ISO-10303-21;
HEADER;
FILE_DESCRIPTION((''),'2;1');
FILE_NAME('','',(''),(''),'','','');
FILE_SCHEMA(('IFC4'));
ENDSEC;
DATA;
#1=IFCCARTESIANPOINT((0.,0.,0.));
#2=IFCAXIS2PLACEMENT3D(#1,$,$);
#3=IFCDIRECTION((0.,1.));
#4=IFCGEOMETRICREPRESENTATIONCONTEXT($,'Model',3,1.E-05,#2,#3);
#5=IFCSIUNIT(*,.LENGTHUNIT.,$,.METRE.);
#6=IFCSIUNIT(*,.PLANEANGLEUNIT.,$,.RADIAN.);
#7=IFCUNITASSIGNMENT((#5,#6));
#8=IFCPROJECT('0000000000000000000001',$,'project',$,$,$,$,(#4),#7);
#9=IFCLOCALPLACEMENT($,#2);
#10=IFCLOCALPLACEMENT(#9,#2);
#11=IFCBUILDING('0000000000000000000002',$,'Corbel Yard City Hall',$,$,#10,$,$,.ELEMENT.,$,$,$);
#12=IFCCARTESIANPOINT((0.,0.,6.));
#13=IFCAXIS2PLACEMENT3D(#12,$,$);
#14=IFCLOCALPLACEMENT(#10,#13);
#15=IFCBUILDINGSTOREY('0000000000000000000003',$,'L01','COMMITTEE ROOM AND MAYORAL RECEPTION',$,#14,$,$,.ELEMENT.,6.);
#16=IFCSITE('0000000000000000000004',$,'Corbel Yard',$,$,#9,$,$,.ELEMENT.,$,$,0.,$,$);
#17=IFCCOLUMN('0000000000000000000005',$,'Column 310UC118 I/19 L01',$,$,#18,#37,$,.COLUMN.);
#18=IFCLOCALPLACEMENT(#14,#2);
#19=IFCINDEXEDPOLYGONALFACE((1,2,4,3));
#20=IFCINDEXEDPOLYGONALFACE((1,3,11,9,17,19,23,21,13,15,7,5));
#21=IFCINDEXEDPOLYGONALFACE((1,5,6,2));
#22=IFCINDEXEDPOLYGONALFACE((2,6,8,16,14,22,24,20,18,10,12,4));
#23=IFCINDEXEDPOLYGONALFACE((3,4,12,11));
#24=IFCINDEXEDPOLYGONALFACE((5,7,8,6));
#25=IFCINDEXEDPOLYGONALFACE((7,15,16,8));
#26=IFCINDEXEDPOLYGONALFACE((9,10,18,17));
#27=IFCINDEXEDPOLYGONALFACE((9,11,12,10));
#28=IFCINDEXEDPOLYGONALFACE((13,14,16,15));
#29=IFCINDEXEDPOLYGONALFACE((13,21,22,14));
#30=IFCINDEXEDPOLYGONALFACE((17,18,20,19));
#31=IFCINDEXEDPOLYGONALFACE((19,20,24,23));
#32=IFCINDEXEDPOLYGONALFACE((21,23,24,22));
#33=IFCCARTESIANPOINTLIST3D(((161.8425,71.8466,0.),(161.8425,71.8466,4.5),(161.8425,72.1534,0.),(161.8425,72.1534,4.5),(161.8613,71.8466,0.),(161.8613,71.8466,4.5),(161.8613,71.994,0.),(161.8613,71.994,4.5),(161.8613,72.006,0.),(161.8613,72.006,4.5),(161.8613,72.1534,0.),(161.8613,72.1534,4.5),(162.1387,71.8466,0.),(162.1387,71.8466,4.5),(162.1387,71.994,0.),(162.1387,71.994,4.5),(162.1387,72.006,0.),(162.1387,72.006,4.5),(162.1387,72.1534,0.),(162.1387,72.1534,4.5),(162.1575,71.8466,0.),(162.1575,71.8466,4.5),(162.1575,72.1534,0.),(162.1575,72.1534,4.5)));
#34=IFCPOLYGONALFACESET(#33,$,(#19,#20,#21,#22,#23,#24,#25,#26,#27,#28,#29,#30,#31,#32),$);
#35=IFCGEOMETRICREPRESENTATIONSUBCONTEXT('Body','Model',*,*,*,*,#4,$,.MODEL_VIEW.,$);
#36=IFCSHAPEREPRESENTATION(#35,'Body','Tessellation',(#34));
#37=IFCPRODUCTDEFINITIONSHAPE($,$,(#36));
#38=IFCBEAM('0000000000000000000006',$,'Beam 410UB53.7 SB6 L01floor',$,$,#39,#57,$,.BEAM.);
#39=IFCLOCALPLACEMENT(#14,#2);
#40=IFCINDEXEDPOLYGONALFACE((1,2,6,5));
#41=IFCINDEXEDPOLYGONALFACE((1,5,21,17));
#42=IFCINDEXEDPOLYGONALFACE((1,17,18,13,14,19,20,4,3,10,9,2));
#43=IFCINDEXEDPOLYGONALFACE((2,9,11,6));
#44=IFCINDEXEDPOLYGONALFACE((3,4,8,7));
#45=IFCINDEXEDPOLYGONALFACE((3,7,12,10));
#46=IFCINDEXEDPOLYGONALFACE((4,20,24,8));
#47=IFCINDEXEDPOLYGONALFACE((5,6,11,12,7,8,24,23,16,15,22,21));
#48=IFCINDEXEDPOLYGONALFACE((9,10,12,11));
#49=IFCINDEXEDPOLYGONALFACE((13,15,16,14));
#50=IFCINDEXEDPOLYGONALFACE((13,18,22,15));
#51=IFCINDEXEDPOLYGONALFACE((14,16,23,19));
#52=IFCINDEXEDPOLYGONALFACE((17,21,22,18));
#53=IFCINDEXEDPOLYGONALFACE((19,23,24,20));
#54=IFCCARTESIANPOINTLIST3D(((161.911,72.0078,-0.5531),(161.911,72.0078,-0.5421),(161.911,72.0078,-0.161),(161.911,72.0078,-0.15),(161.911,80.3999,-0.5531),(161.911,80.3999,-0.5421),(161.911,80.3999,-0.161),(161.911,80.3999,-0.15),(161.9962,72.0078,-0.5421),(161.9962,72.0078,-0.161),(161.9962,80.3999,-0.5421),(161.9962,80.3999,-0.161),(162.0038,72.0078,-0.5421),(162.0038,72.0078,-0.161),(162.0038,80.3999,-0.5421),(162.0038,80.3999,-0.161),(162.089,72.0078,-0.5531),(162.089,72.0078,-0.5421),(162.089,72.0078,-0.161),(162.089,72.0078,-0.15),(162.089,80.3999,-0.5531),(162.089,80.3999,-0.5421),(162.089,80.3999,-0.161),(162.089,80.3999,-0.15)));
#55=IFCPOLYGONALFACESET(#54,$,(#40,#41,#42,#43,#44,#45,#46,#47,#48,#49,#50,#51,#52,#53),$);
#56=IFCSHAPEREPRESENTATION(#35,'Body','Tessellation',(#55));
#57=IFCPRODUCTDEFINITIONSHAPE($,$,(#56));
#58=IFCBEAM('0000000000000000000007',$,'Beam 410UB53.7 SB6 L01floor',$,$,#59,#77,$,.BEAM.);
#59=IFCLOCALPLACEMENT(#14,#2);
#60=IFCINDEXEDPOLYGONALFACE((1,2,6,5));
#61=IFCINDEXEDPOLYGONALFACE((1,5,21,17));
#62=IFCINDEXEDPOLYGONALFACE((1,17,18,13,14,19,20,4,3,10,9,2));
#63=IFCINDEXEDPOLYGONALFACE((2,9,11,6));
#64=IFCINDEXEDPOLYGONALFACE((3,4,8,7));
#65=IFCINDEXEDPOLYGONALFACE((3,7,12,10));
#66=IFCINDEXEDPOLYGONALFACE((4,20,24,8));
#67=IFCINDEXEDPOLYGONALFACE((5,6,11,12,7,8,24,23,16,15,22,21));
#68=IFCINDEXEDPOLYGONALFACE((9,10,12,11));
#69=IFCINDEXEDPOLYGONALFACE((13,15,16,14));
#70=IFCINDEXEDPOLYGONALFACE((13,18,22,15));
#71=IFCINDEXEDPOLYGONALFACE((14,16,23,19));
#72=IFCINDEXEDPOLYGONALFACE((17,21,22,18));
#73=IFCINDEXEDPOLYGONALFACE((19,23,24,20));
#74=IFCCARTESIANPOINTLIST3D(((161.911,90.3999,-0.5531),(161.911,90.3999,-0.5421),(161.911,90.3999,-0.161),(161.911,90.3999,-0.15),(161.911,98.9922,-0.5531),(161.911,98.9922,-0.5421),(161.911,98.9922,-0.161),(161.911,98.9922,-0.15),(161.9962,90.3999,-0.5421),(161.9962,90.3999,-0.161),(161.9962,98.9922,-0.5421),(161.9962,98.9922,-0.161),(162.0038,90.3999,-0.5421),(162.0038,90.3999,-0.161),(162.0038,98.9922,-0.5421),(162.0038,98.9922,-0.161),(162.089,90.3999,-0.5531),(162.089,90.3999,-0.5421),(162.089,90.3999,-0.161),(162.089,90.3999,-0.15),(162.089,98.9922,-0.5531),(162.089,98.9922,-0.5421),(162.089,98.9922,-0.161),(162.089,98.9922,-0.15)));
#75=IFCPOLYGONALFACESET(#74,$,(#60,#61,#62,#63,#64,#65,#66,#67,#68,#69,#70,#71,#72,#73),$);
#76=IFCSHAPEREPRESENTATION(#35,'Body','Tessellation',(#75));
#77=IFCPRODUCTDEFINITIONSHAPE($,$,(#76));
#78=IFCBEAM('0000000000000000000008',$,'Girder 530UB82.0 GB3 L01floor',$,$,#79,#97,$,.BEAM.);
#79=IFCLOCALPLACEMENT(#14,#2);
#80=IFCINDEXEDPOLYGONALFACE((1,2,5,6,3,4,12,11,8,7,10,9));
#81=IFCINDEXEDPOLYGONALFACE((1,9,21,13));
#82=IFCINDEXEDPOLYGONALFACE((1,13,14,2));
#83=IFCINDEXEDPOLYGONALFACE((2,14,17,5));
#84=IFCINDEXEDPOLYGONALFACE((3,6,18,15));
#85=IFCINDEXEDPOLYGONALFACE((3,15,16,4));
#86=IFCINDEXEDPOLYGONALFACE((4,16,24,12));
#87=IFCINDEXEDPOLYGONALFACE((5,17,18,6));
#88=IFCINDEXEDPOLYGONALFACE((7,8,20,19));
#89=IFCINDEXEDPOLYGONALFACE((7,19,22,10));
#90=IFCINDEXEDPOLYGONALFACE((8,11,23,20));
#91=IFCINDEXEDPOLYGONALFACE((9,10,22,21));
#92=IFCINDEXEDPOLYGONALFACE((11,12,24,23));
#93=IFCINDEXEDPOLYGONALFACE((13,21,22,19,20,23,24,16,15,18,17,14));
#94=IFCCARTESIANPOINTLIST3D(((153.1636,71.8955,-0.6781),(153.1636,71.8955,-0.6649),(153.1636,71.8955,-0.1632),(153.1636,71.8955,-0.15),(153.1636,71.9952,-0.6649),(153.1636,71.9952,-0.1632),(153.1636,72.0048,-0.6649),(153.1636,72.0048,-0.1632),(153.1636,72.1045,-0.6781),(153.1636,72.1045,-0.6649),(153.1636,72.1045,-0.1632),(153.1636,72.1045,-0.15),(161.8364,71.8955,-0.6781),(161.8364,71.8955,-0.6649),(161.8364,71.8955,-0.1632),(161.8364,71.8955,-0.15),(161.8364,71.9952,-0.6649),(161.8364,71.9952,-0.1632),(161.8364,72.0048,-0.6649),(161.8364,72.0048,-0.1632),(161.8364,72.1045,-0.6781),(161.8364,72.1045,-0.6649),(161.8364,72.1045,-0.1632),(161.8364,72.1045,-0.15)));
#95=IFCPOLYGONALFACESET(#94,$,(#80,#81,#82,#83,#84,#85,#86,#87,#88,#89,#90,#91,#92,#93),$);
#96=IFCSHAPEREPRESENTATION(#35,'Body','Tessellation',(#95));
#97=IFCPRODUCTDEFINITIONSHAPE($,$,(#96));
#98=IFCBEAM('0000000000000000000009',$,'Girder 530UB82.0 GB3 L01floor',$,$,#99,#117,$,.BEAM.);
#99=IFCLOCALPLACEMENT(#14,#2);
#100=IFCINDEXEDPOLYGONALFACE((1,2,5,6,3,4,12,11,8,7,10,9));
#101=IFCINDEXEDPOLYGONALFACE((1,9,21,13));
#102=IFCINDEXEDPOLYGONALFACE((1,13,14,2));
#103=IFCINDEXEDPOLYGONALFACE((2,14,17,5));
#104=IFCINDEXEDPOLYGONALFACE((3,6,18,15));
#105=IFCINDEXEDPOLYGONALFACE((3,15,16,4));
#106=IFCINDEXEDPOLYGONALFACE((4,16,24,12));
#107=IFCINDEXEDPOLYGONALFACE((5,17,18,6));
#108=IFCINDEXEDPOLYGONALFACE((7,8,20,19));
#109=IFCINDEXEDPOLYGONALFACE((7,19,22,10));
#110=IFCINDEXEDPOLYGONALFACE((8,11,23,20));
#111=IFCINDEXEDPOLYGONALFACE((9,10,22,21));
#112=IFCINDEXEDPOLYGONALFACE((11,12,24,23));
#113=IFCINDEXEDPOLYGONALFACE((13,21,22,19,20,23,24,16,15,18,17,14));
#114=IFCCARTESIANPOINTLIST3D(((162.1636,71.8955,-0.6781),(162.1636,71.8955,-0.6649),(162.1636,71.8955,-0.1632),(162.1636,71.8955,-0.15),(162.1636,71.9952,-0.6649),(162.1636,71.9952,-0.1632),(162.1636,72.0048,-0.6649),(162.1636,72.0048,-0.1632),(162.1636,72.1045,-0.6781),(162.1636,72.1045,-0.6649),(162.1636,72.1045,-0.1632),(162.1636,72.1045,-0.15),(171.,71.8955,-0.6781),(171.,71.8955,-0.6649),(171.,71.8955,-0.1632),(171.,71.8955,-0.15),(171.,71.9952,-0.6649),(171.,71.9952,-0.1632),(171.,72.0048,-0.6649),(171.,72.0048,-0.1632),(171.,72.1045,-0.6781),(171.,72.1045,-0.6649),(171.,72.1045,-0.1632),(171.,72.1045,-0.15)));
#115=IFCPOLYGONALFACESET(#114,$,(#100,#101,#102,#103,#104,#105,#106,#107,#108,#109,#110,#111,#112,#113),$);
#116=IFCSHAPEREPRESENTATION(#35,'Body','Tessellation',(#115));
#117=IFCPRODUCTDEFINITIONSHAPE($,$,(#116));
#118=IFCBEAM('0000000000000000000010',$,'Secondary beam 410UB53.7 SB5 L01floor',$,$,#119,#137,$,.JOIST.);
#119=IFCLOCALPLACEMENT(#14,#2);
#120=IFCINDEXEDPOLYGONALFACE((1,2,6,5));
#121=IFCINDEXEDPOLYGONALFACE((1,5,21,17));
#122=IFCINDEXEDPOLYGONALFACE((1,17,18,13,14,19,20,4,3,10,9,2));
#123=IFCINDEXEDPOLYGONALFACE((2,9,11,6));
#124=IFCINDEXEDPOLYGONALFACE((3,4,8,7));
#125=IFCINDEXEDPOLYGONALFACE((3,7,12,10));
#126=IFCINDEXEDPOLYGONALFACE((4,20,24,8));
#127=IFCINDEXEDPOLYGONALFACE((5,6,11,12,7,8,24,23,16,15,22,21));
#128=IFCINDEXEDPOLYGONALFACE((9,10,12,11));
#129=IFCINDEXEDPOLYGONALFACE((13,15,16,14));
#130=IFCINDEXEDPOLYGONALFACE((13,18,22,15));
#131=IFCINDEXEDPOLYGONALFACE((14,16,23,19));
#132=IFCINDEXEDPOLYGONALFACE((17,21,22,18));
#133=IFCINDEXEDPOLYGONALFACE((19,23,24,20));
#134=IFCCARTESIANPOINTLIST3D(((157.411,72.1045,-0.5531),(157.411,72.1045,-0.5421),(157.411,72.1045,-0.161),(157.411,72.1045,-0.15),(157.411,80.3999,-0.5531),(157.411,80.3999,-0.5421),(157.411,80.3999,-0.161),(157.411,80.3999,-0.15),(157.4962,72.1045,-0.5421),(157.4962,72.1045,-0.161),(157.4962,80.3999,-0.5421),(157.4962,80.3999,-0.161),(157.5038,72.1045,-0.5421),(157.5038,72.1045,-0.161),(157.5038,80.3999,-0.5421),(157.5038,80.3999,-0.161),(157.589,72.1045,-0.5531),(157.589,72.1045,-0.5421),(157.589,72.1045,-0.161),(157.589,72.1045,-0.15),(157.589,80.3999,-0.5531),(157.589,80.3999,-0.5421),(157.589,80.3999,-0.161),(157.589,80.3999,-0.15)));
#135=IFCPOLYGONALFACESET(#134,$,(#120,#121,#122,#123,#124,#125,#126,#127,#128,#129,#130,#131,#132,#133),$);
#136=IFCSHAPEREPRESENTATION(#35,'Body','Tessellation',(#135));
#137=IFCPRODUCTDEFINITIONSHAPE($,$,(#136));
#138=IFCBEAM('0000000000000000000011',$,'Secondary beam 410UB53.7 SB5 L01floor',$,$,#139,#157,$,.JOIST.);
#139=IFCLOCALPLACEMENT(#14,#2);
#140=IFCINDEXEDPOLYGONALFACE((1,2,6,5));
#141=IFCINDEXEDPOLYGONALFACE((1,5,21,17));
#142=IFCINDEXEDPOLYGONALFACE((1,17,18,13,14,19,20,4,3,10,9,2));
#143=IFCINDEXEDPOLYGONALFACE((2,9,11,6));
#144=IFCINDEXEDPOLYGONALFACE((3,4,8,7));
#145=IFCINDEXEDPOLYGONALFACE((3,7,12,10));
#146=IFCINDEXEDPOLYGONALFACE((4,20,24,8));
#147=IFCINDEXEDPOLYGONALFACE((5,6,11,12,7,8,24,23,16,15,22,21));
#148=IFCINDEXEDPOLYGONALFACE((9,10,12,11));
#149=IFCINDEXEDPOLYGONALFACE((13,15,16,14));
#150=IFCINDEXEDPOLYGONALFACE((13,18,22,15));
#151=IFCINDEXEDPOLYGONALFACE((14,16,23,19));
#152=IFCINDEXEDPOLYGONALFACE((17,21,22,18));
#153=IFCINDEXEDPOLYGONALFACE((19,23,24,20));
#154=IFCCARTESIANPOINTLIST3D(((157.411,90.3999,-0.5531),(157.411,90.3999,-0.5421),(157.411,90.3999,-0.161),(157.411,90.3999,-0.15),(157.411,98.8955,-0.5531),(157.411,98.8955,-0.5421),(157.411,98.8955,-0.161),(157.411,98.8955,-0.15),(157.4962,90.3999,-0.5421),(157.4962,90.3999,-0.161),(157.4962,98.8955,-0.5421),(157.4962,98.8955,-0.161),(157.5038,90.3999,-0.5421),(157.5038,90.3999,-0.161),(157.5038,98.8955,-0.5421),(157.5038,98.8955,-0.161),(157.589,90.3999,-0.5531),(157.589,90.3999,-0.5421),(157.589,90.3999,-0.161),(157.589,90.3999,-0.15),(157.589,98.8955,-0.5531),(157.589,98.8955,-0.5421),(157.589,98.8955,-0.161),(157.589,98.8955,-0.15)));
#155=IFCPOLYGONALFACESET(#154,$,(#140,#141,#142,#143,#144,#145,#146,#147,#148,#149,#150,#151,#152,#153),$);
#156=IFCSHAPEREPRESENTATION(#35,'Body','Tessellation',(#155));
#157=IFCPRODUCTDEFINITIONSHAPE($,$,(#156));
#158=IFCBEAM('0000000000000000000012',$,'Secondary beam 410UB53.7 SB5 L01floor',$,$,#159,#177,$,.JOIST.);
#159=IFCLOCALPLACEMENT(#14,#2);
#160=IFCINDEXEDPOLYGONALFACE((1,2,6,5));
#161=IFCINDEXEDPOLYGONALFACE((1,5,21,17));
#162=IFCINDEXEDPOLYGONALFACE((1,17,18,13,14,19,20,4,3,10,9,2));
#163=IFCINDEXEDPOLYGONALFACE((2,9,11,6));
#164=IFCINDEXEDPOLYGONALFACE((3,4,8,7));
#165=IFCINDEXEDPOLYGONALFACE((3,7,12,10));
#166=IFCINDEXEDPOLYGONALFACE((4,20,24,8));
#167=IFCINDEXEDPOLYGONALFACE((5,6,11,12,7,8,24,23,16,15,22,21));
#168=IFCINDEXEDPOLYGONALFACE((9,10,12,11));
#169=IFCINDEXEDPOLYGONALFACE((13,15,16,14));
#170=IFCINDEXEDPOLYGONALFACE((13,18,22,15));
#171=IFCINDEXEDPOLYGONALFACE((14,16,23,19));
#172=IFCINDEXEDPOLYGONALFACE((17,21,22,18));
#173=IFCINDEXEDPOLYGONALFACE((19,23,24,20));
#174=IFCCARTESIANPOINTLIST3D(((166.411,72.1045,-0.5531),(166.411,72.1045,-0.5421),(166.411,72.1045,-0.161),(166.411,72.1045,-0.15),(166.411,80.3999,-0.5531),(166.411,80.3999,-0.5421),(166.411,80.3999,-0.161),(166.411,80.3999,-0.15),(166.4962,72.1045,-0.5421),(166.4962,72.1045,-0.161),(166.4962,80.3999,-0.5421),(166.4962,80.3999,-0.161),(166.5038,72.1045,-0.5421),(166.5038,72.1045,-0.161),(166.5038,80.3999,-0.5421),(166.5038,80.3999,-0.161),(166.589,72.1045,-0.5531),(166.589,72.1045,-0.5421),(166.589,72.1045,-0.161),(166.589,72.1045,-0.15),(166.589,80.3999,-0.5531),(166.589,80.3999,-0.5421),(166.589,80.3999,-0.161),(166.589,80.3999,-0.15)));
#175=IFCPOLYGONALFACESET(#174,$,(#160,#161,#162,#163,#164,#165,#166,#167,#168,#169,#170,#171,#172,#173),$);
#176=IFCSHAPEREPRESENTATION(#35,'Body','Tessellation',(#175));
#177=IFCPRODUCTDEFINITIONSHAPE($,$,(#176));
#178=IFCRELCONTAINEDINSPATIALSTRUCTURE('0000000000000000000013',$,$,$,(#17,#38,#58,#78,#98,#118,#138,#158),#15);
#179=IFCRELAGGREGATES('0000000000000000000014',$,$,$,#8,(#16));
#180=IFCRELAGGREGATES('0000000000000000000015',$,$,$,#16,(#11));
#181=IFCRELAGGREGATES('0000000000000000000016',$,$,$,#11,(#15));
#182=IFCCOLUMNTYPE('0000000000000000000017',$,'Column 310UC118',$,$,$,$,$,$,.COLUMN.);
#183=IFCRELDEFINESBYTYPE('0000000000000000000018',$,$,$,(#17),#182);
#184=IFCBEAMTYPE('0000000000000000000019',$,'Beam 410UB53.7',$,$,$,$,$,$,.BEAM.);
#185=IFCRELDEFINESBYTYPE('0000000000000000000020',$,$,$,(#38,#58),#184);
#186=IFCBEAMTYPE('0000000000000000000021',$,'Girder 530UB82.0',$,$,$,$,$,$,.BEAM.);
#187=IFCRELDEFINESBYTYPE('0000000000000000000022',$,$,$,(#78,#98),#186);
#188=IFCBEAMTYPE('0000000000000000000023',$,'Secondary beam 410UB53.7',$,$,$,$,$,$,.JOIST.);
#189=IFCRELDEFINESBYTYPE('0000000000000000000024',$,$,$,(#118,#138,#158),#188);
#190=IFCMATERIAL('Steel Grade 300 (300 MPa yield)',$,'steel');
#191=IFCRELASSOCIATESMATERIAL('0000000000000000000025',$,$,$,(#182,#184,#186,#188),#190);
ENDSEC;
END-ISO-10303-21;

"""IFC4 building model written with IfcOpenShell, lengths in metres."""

from ifc_helpers import new_model, si_unit, direction, frame, origin, origin_2d, place, context, subcontext, project, spatial, i_section, extrude, material, material_profile, profile_set, type_object, element, save


model = new_model("IFC4")

# Units and contexts
model_context = context("Model", 3, precision=1e-05, world=origin(), true_north=direction((0.0, 1.0)))
body_context = subcontext(model_context, "Body", "Model", "MODEL_VIEW")
ifc_project = project(units=[si_unit("LENGTHUNIT", "METRE"), si_unit("PLANEANGLEUNIT", "RADIAN")], contexts=[model_context])

# Site, building, storey
site_placement = place(None, origin())
site = spatial("IfcSite", under=ifc_project, at=site_placement, Name="Corbel Yard", CompositionType="ELEMENT", RefElevation=0.0)
building_placement = place(site_placement, origin())
building = spatial("IfcBuilding", under=site, at=building_placement, Name="Corbel Yard City Hall", CompositionType="ELEMENT")
storey_placement = place(building_placement, frame((0.0, 0.0, 6.0)))
storey = spatial("IfcBuildingStorey", under=building, at=storey_placement, Name="L01", Description="COMMITTEE ROOM AND MAYORAL RECEPTION", CompositionType="ELEMENT", Elevation=6.0)

# Column
ifc_material_1 = material(Name="Steel Grade 300 (300 MPa yield)", Category="steel")
ifc_material_profile_1 = material_profile(ifc_material_1, i_section(OverallWidth=0.3069, OverallDepth=0.3149, WebThickness=0.012, FlangeThickness=0.0188, at=origin_2d()), Name="310UC118")
ifc_profile_set_1 = profile_set([ifc_material_profile_1], Name="Steel Grade 300 (300 MPa yield)")
column_type = type_object("IfcColumnType", Name="Column 310UC118", PredefinedType="COLUMN", material=ifc_profile_set_1)
column_placement = place(storey_placement, frame((162.0, 72.0, 0.0), z_axis=(0.0, 0.0, 1.0), x_axis=(0.0, 1.0, 0.0)))
element("IfcColumn", 1, at=column_placement, inside=storey, type_object=column_type, Name="Column 310UC118 I/19 L01", PredefinedType="COLUMN", context=body_context, shape_type="SweptSolid", body=[
    extrude(i_section(OverallWidth=0.3069, OverallDepth=0.3149, WebThickness=0.012, FlangeThickness=0.0188, at=origin_2d()), origin(), (0.0, 0.0, 1.0), 4.5),
])

# Beams
ifc_material_profile_2 = material_profile(ifc_material_1, i_section(OverallWidth=0.178, OverallDepth=0.4031, WebThickness=0.0076, FlangeThickness=0.011, at=origin_2d()), Name="410UB53.7")
ifc_profile_set_2 = profile_set([ifc_material_profile_2], Name="Steel Grade 300 (300 MPa yield)")
beam_type_1 = type_object("IfcBeamType", Name="Beam 410UB53.7", PredefinedType="BEAM", material=ifc_profile_set_2)
beam_1_placement = place(storey_placement, frame((162.0, 72.0078, -0.3516), z_axis=(0.0, 1.0, 0.0), x_axis=(-1.0, 0.0, 0.0)))
element("IfcBeam", 2, at=beam_1_placement, inside=storey, type_object=beam_type_1, Name="Beam 410UB53.7 SB6 L01floor", PredefinedType="BEAM", context=body_context, shape_type="SweptSolid", body=[
    extrude(i_section(OverallWidth=0.178, OverallDepth=0.4031, WebThickness=0.0076, FlangeThickness=0.011, at=origin_2d()), origin(), (0.0, 0.0, 1.0), 8.3921),
])
beam_2_placement = place(storey_placement, frame((162.0, 90.3999, -0.3516), z_axis=(0.0, 1.0, 0.0), x_axis=(-1.0, 0.0, 0.0)))
element("IfcBeam", 3, at=beam_2_placement, inside=storey, type_object=beam_type_1, Name="Beam 410UB53.7 SB6 L01floor", PredefinedType="BEAM", context=body_context, shape_type="SweptSolid", body=[
    extrude(i_section(OverallWidth=0.178, OverallDepth=0.4031, WebThickness=0.0076, FlangeThickness=0.011, at=origin_2d()), origin(), (0.0, 0.0, 1.0), 8.5923),
])
ifc_material_profile_3 = material_profile(ifc_material_1, i_section(OverallWidth=0.209, OverallDepth=0.5281, WebThickness=0.0095, FlangeThickness=0.0132, at=origin_2d()), Name="530UB82.0")
ifc_profile_set_3 = profile_set([ifc_material_profile_3], Name="Steel Grade 300 (300 MPa yield)")
beam_type_2 = type_object("IfcBeamType", Name="Girder 530UB82.0", PredefinedType="BEAM", material=ifc_profile_set_3)
beam_3_placement = place(storey_placement, frame((153.1636, 72.0, -0.4141), z_axis=(1.0, 0.0, 0.0), x_axis=(0.0, 1.0, 0.0)))
element("IfcBeam", 4, at=beam_3_placement, inside=storey, type_object=beam_type_2, Name="Girder 530UB82.0 GB3 L01floor", PredefinedType="BEAM", context=body_context, shape_type="SweptSolid", body=[
    extrude(i_section(OverallWidth=0.209, OverallDepth=0.5281, WebThickness=0.0095, FlangeThickness=0.0132, at=origin_2d()), origin(), (0.0, 0.0, 1.0), 8.6729),
])
beam_4_placement = place(storey_placement, frame((162.1636, 72.0, -0.4141), z_axis=(1.0, 0.0, 0.0), x_axis=(0.0, 1.0, 0.0)))
element("IfcBeam", 5, at=beam_4_placement, inside=storey, type_object=beam_type_2, Name="Girder 530UB82.0 GB3 L01floor", PredefinedType="BEAM", context=body_context, shape_type="SweptSolid", body=[
    extrude(i_section(OverallWidth=0.209, OverallDepth=0.5281, WebThickness=0.0095, FlangeThickness=0.0132, at=origin_2d()), origin(), (0.0, 0.0, 1.0), 8.8364),
])
ifc_material_profile_4 = material_profile(ifc_material_1, i_section(OverallWidth=0.178, OverallDepth=0.4031, WebThickness=0.0076, FlangeThickness=0.011, at=origin_2d()), Name="410UB53.7")
ifc_profile_set_4 = profile_set([ifc_material_profile_4], Name="Steel Grade 300 (300 MPa yield)")
beam_type_3 = type_object("IfcBeamType", Name="Secondary beam 410UB53.7", PredefinedType="JOIST", material=ifc_profile_set_4)
beam_5_placement = place(storey_placement, frame((157.5, 72.1045, -0.3516), z_axis=(0.0, 1.0, 0.0), x_axis=(-1.0, 0.0, 0.0)))
element("IfcBeam", 6, at=beam_5_placement, inside=storey, type_object=beam_type_3, Name="Secondary beam 410UB53.7 SB5 L01floor", PredefinedType="JOIST", context=body_context, shape_type="SweptSolid", body=[
    extrude(i_section(OverallWidth=0.178, OverallDepth=0.4031, WebThickness=0.0076, FlangeThickness=0.011, at=origin_2d()), origin(), (0.0, 0.0, 1.0), 8.2954),
])
beam_6_placement = place(storey_placement, frame((157.5, 90.3999, -0.3516), z_axis=(0.0, 1.0, 0.0), x_axis=(-1.0, 0.0, 0.0)))
element("IfcBeam", 7, at=beam_6_placement, inside=storey, type_object=beam_type_3, Name="Secondary beam 410UB53.7 SB5 L01floor", PredefinedType="JOIST", context=body_context, shape_type="SweptSolid", body=[
    extrude(i_section(OverallWidth=0.178, OverallDepth=0.4031, WebThickness=0.0076, FlangeThickness=0.011, at=origin_2d()), origin(), (0.0, 0.0, 1.0), 8.4956),
])
beam_7_placement = place(storey_placement, frame((166.5, 72.1045, -0.3516), z_axis=(0.0, 1.0, 0.0), x_axis=(-1.0, 0.0, 0.0)))
element("IfcBeam", 8, at=beam_7_placement, inside=storey, type_object=beam_type_3, Name="Secondary beam 410UB53.7 SB5 L01floor", PredefinedType="JOIST", context=body_context, shape_type="SweptSolid", body=[
    extrude(i_section(OverallWidth=0.178, OverallDepth=0.4031, WebThickness=0.0076, FlangeThickness=0.011, at=origin_2d()), origin(), (0.0, 0.0, 1.0), 8.2954),
])

save(model, "model.ifc")
